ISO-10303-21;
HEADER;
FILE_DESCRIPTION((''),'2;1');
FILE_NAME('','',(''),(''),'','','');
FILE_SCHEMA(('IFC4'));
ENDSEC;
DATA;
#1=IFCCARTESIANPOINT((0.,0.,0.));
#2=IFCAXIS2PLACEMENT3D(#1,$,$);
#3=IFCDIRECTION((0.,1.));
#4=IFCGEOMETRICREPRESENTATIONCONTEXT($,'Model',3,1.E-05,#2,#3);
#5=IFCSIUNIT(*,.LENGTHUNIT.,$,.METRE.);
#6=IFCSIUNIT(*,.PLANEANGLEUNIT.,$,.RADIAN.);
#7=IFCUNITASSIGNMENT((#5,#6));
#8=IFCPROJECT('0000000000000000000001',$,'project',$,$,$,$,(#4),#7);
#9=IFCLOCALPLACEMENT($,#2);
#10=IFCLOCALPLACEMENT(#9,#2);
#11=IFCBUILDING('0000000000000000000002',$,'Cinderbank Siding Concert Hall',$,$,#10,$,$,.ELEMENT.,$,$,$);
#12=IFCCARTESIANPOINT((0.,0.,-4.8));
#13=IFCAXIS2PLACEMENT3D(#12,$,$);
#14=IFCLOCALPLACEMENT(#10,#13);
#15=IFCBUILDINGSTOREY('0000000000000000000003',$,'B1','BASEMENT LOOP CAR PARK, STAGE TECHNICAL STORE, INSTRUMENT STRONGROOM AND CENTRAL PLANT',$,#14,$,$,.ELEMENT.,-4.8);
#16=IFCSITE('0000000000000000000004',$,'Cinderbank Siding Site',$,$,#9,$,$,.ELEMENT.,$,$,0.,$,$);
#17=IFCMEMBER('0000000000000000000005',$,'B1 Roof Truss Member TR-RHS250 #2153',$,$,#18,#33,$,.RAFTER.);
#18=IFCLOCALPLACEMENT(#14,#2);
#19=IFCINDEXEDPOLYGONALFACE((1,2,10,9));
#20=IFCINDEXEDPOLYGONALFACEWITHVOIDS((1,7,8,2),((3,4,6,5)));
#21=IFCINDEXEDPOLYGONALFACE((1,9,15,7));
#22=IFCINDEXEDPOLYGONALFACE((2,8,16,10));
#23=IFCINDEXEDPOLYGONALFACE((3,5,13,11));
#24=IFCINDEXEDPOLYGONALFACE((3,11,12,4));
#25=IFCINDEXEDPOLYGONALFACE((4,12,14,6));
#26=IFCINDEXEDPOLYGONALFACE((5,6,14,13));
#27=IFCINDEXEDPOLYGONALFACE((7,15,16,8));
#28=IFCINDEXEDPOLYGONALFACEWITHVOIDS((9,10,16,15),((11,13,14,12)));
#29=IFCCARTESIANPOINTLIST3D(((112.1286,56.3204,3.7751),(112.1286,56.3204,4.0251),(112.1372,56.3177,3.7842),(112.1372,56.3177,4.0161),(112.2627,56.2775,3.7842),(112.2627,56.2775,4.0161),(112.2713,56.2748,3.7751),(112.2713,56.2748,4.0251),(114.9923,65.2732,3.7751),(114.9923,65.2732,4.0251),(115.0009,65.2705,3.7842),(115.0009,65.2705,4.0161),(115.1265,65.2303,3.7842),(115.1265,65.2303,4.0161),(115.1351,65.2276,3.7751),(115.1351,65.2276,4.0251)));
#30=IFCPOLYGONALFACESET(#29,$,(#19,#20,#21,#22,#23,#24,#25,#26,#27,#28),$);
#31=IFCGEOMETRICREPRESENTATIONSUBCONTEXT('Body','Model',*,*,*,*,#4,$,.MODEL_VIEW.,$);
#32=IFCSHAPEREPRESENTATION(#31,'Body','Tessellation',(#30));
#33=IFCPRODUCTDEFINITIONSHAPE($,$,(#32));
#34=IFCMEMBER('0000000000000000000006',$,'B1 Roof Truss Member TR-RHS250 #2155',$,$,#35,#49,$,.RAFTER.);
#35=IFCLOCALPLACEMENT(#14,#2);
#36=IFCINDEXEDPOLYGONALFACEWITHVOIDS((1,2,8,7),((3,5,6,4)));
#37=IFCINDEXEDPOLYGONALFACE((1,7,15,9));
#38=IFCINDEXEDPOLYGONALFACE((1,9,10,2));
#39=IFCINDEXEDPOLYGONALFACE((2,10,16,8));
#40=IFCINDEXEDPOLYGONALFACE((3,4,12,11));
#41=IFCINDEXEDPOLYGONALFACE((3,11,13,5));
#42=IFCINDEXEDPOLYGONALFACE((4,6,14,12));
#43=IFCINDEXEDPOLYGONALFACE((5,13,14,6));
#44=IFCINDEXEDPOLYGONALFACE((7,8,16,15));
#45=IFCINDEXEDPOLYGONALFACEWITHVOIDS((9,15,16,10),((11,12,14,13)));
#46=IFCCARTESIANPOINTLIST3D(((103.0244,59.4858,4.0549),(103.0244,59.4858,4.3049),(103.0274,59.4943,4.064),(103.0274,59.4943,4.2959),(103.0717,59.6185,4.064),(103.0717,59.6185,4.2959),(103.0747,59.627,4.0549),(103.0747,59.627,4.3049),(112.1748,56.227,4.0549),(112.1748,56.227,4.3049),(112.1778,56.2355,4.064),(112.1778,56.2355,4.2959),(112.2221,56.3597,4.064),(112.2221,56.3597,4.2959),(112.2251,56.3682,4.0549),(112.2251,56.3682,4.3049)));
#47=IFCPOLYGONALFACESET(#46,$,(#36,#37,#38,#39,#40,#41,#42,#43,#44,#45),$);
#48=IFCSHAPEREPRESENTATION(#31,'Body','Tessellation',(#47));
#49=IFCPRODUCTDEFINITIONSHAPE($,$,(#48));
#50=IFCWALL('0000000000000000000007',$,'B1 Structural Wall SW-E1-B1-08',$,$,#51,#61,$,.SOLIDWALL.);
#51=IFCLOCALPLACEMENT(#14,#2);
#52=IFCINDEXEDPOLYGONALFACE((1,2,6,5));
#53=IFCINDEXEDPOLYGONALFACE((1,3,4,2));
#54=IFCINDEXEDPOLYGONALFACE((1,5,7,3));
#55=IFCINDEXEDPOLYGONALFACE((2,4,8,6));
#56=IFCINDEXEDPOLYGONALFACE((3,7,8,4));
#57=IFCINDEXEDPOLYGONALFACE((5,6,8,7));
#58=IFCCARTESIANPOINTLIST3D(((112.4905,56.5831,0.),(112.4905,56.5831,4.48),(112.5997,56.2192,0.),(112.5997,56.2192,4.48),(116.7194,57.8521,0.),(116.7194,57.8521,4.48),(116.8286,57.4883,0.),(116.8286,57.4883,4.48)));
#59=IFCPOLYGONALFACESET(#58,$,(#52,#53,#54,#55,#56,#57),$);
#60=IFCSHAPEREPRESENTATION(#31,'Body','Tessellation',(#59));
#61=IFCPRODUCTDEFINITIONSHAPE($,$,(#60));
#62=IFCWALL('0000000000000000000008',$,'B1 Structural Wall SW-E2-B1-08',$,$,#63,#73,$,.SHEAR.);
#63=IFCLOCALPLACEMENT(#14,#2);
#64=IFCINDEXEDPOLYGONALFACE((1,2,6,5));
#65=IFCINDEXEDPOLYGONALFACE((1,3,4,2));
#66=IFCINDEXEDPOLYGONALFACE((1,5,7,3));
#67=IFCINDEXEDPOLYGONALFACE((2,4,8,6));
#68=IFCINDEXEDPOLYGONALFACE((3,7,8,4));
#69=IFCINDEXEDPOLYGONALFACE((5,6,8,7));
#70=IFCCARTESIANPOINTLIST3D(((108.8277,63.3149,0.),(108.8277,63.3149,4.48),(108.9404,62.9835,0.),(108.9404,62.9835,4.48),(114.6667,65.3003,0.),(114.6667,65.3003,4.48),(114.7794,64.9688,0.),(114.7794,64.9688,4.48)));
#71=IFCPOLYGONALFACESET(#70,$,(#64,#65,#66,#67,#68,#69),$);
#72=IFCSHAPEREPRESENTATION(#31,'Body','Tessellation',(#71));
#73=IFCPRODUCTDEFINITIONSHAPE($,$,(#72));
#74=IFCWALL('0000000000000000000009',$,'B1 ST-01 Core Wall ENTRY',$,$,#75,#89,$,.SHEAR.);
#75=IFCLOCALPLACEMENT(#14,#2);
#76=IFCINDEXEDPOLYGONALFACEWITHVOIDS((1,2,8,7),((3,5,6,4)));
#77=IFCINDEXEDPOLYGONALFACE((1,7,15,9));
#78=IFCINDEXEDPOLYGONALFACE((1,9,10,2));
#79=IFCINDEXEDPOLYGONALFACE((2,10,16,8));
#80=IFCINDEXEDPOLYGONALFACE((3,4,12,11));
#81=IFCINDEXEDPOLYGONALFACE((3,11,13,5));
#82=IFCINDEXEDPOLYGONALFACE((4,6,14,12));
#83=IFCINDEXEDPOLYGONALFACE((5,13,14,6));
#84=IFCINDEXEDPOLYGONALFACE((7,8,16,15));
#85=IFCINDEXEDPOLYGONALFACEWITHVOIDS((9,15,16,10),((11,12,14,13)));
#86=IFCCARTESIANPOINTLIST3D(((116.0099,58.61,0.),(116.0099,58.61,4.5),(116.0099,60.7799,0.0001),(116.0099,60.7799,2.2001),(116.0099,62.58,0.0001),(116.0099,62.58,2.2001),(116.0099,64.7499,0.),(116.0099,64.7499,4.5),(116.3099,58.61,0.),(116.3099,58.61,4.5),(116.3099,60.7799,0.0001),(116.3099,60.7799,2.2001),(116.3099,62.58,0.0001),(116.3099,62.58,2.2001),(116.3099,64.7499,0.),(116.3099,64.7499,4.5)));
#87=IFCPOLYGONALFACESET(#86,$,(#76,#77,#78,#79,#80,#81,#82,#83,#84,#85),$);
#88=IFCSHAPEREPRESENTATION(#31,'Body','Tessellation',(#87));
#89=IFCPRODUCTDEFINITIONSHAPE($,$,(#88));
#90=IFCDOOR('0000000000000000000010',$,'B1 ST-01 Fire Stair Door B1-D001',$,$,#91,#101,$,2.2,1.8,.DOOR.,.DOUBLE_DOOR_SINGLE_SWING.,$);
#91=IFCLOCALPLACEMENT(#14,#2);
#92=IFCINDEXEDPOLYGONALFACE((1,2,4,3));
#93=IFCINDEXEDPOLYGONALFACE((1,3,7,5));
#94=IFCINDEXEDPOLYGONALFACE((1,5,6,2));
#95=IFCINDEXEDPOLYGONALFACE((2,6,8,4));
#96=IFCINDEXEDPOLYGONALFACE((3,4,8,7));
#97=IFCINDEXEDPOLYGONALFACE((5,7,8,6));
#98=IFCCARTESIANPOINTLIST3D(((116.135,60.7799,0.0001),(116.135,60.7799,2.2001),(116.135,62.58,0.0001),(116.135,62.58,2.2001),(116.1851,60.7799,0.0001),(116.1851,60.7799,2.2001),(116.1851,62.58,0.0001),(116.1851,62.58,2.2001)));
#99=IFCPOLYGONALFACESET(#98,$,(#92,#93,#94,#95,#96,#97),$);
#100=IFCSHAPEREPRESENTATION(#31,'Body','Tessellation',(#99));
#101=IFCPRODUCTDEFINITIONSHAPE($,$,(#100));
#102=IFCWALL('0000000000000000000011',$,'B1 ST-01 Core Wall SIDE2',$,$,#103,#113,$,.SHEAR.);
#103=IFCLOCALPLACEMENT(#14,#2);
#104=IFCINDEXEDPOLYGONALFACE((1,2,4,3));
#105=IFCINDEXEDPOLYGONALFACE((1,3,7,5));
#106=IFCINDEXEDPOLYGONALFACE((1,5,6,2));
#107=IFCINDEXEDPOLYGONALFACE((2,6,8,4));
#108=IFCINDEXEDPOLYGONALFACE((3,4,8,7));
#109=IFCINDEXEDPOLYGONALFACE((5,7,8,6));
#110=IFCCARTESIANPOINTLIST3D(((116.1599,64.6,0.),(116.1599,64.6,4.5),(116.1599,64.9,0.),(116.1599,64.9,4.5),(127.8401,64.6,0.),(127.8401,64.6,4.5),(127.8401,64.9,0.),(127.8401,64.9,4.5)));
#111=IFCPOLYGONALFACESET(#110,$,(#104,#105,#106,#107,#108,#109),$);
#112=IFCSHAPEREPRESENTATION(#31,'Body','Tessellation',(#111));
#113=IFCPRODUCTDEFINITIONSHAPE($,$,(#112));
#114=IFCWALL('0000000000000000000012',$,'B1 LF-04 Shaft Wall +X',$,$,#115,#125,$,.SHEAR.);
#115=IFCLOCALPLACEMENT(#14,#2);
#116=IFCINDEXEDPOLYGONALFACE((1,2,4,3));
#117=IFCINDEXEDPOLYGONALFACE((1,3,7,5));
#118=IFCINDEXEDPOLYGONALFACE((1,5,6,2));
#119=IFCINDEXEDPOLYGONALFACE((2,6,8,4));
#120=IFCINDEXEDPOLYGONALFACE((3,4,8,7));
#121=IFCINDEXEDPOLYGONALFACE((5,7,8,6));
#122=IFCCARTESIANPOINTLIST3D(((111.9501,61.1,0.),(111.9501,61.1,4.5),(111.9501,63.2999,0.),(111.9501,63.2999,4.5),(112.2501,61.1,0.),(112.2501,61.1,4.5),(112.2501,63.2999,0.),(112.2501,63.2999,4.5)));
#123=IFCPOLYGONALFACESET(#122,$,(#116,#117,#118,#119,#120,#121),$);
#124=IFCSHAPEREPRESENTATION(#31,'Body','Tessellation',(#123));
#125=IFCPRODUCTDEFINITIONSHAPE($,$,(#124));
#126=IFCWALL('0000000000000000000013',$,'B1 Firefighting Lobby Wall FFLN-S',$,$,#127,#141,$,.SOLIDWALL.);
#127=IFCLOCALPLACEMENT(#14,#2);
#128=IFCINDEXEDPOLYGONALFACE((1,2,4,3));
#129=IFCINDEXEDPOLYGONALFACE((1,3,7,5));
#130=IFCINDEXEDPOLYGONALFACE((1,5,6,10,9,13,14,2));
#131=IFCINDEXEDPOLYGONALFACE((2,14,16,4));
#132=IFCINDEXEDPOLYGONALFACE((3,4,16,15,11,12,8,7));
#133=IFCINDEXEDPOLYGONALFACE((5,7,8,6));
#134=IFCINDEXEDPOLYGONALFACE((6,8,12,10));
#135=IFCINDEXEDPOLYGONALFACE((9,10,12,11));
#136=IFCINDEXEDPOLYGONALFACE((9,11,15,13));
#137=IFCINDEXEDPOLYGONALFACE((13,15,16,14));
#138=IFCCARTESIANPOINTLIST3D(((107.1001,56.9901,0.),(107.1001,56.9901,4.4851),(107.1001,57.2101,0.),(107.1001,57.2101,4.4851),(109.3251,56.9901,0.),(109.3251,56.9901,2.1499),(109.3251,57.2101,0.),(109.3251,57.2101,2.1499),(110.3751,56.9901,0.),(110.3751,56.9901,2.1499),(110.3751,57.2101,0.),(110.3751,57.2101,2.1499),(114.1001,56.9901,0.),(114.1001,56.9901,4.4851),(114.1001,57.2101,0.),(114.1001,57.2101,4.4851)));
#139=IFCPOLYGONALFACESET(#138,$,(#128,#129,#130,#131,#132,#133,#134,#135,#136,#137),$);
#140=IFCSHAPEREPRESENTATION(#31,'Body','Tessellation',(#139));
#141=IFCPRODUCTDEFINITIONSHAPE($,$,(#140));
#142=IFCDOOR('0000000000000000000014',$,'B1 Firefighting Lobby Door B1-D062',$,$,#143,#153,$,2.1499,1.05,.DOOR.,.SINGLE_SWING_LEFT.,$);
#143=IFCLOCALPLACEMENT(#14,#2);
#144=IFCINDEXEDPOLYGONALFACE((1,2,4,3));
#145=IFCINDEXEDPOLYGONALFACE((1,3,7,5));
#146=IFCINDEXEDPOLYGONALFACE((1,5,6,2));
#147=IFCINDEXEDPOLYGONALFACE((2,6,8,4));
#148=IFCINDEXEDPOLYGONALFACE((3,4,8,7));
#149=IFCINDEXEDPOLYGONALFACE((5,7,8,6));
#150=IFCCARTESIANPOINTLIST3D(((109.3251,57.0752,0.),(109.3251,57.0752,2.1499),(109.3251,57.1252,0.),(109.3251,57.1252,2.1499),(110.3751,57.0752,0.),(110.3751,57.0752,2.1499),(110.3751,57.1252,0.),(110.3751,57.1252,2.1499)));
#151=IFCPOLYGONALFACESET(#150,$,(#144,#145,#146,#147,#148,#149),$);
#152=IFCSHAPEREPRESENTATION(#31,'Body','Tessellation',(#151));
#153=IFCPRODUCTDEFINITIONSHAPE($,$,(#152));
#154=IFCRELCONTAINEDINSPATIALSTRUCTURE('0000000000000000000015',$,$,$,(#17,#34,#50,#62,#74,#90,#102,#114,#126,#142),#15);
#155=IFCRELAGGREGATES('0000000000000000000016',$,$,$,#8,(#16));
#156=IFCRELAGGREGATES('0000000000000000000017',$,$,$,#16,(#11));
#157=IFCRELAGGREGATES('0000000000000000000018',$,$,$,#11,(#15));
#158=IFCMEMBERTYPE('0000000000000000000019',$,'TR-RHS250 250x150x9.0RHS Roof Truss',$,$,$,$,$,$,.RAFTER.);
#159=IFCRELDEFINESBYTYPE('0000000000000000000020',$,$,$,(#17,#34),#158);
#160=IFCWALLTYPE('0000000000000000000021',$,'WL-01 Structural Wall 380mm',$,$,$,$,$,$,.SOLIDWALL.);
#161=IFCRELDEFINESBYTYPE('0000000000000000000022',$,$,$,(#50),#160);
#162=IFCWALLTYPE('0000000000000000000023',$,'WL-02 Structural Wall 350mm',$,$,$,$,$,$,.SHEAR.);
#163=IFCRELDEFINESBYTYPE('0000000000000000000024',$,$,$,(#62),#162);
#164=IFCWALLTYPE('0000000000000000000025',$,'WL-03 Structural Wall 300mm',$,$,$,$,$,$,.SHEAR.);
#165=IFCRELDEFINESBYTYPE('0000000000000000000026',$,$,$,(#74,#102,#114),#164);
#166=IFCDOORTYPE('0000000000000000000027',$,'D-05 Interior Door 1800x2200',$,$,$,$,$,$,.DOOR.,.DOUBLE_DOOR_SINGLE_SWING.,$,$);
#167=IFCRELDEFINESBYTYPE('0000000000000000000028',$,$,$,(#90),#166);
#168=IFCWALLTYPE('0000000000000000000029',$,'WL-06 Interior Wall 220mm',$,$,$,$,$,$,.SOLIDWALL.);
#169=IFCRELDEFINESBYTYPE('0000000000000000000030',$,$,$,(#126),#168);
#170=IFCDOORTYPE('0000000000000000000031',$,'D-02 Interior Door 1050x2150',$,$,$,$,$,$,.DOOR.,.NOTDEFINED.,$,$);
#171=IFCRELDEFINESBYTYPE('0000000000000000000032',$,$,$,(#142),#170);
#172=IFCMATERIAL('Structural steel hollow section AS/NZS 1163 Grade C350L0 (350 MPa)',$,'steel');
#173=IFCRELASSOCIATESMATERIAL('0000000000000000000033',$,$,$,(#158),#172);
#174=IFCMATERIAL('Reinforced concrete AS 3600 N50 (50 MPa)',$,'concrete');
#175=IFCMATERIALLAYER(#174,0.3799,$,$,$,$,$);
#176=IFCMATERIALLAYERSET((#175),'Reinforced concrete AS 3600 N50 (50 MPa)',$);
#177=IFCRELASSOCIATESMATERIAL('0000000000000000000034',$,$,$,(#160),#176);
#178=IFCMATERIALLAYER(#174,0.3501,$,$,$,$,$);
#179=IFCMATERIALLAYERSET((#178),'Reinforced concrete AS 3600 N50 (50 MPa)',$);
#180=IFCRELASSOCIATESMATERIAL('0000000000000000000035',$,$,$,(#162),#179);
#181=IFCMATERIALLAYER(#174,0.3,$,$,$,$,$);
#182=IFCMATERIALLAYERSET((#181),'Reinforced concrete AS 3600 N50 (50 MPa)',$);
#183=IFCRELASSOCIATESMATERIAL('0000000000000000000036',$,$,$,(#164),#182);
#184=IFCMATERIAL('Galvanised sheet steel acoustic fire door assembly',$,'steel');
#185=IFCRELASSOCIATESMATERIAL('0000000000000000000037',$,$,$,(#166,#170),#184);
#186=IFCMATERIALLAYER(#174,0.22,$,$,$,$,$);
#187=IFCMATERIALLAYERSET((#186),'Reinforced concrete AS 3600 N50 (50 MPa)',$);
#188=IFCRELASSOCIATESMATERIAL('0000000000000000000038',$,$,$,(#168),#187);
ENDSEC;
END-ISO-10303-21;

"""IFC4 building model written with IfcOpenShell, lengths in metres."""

from ifc_helpers import new_model, si_unit, direction, frame, frame_2d, origin, origin_2d, place, context, subcontext, project, spatial, rectangle, hollow_rectangle, extrude, material, layer, layer_set, material_profile, profile_set, type_object, element, fill, save


model = new_model("IFC4")

# Units and contexts
model_context = context("Model", 3, precision=1e-05, world=origin(), true_north=direction((0.0, 1.0)))
body_context = subcontext(model_context, "Body", "Model", "MODEL_VIEW")
ifc_project = project(units=[si_unit("LENGTHUNIT", "METRE"), si_unit("PLANEANGLEUNIT", "RADIAN")], contexts=[model_context])

# Site, building, storey
site_placement = place(None, origin())
site = spatial("IfcSite", under=ifc_project, at=site_placement, Name="Cinderbank Siding Site", CompositionType="ELEMENT", RefElevation=0.0)
building_placement = place(site_placement, origin())
building = spatial("IfcBuilding", under=site, at=building_placement, Name="Cinderbank Siding Concert Hall", CompositionType="ELEMENT")
storey_placement = place(building_placement, frame((0.0, 0.0, -4.8)))
storey = spatial("IfcBuildingStorey", under=building, at=storey_placement, Name="B1", Description="BASEMENT LOOP CAR PARK, STAGE TECHNICAL STORE, INSTRUMENT STRONGROOM AND CENTRAL PLANT", CompositionType="ELEMENT", Elevation=-4.8)

# Shared definitions
ifc_material_1 = material(Name="Structural steel hollow section AS/NZS 1163 Grade C350L0 (350 MPa)", Category="steel")
ifc_material_2 = material(Name="Reinforced concrete AS 3600 N50 (50 MPa)", Category="concrete")

# Members
ifc_material_profile_1 = material_profile(ifc_material_1, hollow_rectangle(XDim=0.1499, YDim=0.25, WallThickness=0.009, at=origin_2d()), Name="250x150x9.0RHS", Category="LoadBearing")
ifc_profile_set_1 = profile_set([ifc_material_profile_1], Name="Structural steel hollow section AS/NZS 1163 Grade C350L0 (350 MPa)")
member_type_1 = type_object("IfcMemberType", Name="TR-RHS250 250x150x9.0RHS Roof Truss", PredefinedType="RAFTER", material=ifc_profile_set_1)
member_1_placement = place(storey_placement, frame((112.2, 56.2976, 3.9001), z_axis=(0.304665, 0.95246, 0.0), x_axis=(-0.95246, 0.304665, 0.0)))
element("IfcMember", 1, at=member_1_placement, inside=storey, type_object=member_type_1, Name="B1 Roof Truss Member TR-RHS250 #2153", PredefinedType="RAFTER", context=body_context, shape_type="SweptSolid", body=[
    extrude(hollow_rectangle(XDim=0.1499, YDim=0.25, WallThickness=0.009, at=origin_2d()), origin(), (0.0, 0.0, 1.0), 9.3997),
])
member_2_placement = place(storey_placement, frame((112.2, 56.2976, 4.1799), z_axis=(-0.942042, 0.335496, 0.0), x_axis=(-0.335496, -0.942042, 0.0)))
element("IfcMember", 2, at=member_2_placement, inside=storey, type_object=member_type_1, Name="B1 Roof Truss Member TR-RHS250 #2155", PredefinedType="RAFTER", context=body_context, shape_type="SweptSolid", body=[
    extrude(hollow_rectangle(XDim=0.1499, YDim=0.25, WallThickness=0.009, at=origin_2d()), origin(), (0.0, 0.0, 1.0), 9.7134),
])

# Walls
ifc_layer_1 = layer(ifc_material_2, 0.3799)
ifc_layer_set_1 = layer_set([ifc_layer_1], Name="Reinforced concrete AS 3600 N50 (50 MPa)")
wall_type_1 = type_object("IfcWallType", Name="WL-01 Structural Wall 380mm", PredefinedType="SOLIDWALL", material=ifc_layer_set_1)
wall_1_placement = place(storey_placement, frame((116.7739, 57.6702, 0.0), z_axis=(0.0, 0.0, 1.0), x_axis=(-0.957805, -0.287419, 0.0)))
element("IfcWall", 3, at=wall_1_placement, inside=storey, type_object=wall_type_1, Name="B1 Structural Wall SW-E1-B1-08", PredefinedType="SOLIDWALL", context=body_context, shape_type="SweptSolid", body=[
    extrude(rectangle(XDim=4.4153, YDim=0.3799, at=frame_2d((2.2075, 0.0))), origin(), (0.0, 0.0, 1.0), 4.48),
])
ifc_layer_2 = layer(ifc_material_2, 0.3501)
ifc_layer_set_2 = layer_set([ifc_layer_2], Name="Reinforced concrete AS 3600 N50 (50 MPa)")
wall_type_2 = type_object("IfcWallType", Name="WL-02 Structural Wall 350mm", PredefinedType="SHEAR", material=ifc_layer_set_2)
wall_2_placement = place(storey_placement, frame((114.7229, 65.1345, 0.0), z_axis=(0.0, 0.0, 1.0), x_axis=(-0.946766, -0.321923, 0.0)))
element("IfcWall", 4, at=wall_2_placement, inside=storey, type_object=wall_type_2, Name="B1 Structural Wall SW-E2-B1-08", PredefinedType="SHEAR", context=body_context, shape_type="SweptSolid", body=[
    extrude(rectangle(XDim=6.1672, YDim=0.3501, at=frame_2d((3.0835, 0.0))), origin(), (0.0, 0.0, 1.0), 4.48),
])

# Wall, opening, door
ifc_layer_3 = layer(ifc_material_2, 0.3)
ifc_layer_set_3 = layer_set([ifc_layer_3], Name="Reinforced concrete AS 3600 N50 (50 MPa)")
wall_type_3 = type_object("IfcWallType", Name="WL-03 Structural Wall 300mm", PredefinedType="SHEAR", material=ifc_layer_set_3)
wall_3_placement = place(storey_placement, frame((116.1599, 58.6101, 0.0), z_axis=(0.0, 0.0, 1.0), x_axis=(0.0, 1.0, 0.0)))
wall_3 = element("IfcWall", 5, at=wall_3_placement, inside=storey, type_object=wall_type_3, Name="B1 ST-01 Core Wall ENTRY", PredefinedType="SHEAR", context=body_context, shape_type="SweptSolid", body=[
    extrude(rectangle(XDim=6.1399, YDim=0.3, at=frame_2d((3.0698, 0.0))), origin(), (0.0, 0.0, 1.0), 4.5),
])
opening_1_placement = place(wall_3_placement, frame((2.1699, 0.0, 0.0)))
opening_1 = element("IfcOpeningElement", 6, at=opening_1_placement, cuts=wall_3, PredefinedType="OPENING", context=body_context, shape_type="SweptSolid", body=[
    extrude(rectangle(XDim=1.8, YDim=2.2, at=frame_2d((0.8999, 1.1001))), frame((0.0, 0.1621, 0.0), z_axis=(0.0, -1.0, 0.0), x_axis=(1.0, 0.0, 0.0)), (0.0, 0.0, 1.0), 0.324),
])
ifc_material_3 = material(Name="Galvanised sheet steel acoustic fire door assembly", Category="steel")
door_type_1 = type_object("IfcDoorType", Name="D-05 Interior Door 1800x2200", OperationType="DOUBLE_DOOR_SINGLE_SWING", PredefinedType="DOOR", material=ifc_material_3)
door_1_placement = place(opening_1_placement, origin())
door_1 = element("IfcDoor", 7, at=door_1_placement, inside=storey, type_object=door_type_1, Name="B1 ST-01 Fire Stair Door B1-D001", OperationType="DOUBLE_DOOR_SINGLE_SWING", OverallHeight=2.2, OverallWidth=1.8, PredefinedType="DOOR", context=body_context, shape_type="SweptSolid", body=[
    extrude(rectangle(XDim=1.8, YDim=2.2, at=frame_2d((0.8999, 1.1001))), frame((0.0, 0.0249, 0.0), z_axis=(0.0, -1.0, 0.0), x_axis=(1.0, 0.0, 0.0)), (0.0, 0.0, 1.0), 0.05),
])
fill(opening_1, door_1)

# Wall
wall_4_placement = place(storey_placement, frame((116.1599, 64.75, 0.0), z_axis=(0.0, 0.0, 1.0), x_axis=(1.0, 0.0, 0.0)))
element("IfcWall", 8, at=wall_4_placement, inside=storey, type_object=wall_type_3, Name="B1 ST-01 Core Wall SIDE2", PredefinedType="SHEAR", context=body_context, shape_type="SweptSolid", body=[
    extrude(rectangle(XDim=11.6802, YDim=0.3, at=frame_2d((5.8401, 0.0))), origin(), (0.0, 0.0, 1.0), 4.5),
])

# Wall
wall_5_placement = place(storey_placement, frame((112.1001, 63.3, 0.0), z_axis=(0.0, 0.0, 1.0), x_axis=(0.0, -1.0, 0.0)))
element("IfcWall", 9, at=wall_5_placement, inside=storey, type_object=wall_type_3, Name="B1 LF-04 Shaft Wall +X", PredefinedType="SHEAR", context=body_context, shape_type="SweptSolid", body=[
    extrude(rectangle(XDim=2.2, YDim=0.3, at=frame_2d((1.1001, 0.0))), origin(), (0.0, 0.0, 1.0), 4.5),
])

# Wall, opening, door
ifc_layer_4 = layer(ifc_material_2, 0.22)
ifc_layer_set_4 = layer_set([ifc_layer_4], Name="Reinforced concrete AS 3600 N50 (50 MPa)")
wall_type_4 = type_object("IfcWallType", Name="WL-06 Interior Wall 220mm", PredefinedType="SOLIDWALL", material=ifc_layer_set_4)
wall_6_placement = place(storey_placement, frame((114.1001, 57.1001, 0.0), z_axis=(0.0, 0.0, 1.0), x_axis=(-1.0, 0.0, 0.0)))
wall_6 = element("IfcWall", 10, at=wall_6_placement, inside=storey, type_object=wall_type_4, Name="B1 Firefighting Lobby Wall FFLN-S", PredefinedType="SOLIDWALL", context=body_context, shape_type="SweptSolid", body=[
    extrude(rectangle(XDim=7.0, YDim=0.22, at=frame_2d((3.5, 0.0))), origin(), (0.0, 0.0, 1.0), 4.4851),
])
opening_2_placement = place(wall_6_placement, frame((3.7251, 0.0, 0.0)))
opening_2 = element("IfcOpeningElement", 11, at=opening_2_placement, cuts=wall_6, PredefinedType="OPENING", context=body_context, shape_type="SweptSolid", body=[
    extrude(rectangle(XDim=1.05, YDim=2.1499, at=frame_2d((0.5249, 1.075))), frame((0.0, 0.1221, 0.0), z_axis=(0.0, -1.0, 0.0), x_axis=(1.0, 0.0, 0.0)), (0.0, 0.0, 1.0), 0.2439),
])
door_type_2 = type_object("IfcDoorType", Name="D-02 Interior Door 1050x2150", OperationType="NOTDEFINED", PredefinedType="DOOR", material=ifc_material_3)
door_2_placement = place(opening_2_placement, origin())
door_2 = element("IfcDoor", 12, at=door_2_placement, inside=storey, type_object=door_type_2, Name="B1 Firefighting Lobby Door B1-D062", OperationType="SINGLE_SWING_LEFT", OverallHeight=2.1499, OverallWidth=1.05, PredefinedType="DOOR", context=body_context, shape_type="SweptSolid", body=[
    extrude(rectangle(XDim=1.05, YDim=2.1499, at=frame_2d((0.5249, 1.075))), frame((0.0, 0.0249, 0.0), z_axis=(0.0, -1.0, 0.0), x_axis=(1.0, 0.0, 0.0)), (0.0, 0.0, 1.0), 0.05),
])
fill(opening_2, door_2)

save(model, "model.ifc")
